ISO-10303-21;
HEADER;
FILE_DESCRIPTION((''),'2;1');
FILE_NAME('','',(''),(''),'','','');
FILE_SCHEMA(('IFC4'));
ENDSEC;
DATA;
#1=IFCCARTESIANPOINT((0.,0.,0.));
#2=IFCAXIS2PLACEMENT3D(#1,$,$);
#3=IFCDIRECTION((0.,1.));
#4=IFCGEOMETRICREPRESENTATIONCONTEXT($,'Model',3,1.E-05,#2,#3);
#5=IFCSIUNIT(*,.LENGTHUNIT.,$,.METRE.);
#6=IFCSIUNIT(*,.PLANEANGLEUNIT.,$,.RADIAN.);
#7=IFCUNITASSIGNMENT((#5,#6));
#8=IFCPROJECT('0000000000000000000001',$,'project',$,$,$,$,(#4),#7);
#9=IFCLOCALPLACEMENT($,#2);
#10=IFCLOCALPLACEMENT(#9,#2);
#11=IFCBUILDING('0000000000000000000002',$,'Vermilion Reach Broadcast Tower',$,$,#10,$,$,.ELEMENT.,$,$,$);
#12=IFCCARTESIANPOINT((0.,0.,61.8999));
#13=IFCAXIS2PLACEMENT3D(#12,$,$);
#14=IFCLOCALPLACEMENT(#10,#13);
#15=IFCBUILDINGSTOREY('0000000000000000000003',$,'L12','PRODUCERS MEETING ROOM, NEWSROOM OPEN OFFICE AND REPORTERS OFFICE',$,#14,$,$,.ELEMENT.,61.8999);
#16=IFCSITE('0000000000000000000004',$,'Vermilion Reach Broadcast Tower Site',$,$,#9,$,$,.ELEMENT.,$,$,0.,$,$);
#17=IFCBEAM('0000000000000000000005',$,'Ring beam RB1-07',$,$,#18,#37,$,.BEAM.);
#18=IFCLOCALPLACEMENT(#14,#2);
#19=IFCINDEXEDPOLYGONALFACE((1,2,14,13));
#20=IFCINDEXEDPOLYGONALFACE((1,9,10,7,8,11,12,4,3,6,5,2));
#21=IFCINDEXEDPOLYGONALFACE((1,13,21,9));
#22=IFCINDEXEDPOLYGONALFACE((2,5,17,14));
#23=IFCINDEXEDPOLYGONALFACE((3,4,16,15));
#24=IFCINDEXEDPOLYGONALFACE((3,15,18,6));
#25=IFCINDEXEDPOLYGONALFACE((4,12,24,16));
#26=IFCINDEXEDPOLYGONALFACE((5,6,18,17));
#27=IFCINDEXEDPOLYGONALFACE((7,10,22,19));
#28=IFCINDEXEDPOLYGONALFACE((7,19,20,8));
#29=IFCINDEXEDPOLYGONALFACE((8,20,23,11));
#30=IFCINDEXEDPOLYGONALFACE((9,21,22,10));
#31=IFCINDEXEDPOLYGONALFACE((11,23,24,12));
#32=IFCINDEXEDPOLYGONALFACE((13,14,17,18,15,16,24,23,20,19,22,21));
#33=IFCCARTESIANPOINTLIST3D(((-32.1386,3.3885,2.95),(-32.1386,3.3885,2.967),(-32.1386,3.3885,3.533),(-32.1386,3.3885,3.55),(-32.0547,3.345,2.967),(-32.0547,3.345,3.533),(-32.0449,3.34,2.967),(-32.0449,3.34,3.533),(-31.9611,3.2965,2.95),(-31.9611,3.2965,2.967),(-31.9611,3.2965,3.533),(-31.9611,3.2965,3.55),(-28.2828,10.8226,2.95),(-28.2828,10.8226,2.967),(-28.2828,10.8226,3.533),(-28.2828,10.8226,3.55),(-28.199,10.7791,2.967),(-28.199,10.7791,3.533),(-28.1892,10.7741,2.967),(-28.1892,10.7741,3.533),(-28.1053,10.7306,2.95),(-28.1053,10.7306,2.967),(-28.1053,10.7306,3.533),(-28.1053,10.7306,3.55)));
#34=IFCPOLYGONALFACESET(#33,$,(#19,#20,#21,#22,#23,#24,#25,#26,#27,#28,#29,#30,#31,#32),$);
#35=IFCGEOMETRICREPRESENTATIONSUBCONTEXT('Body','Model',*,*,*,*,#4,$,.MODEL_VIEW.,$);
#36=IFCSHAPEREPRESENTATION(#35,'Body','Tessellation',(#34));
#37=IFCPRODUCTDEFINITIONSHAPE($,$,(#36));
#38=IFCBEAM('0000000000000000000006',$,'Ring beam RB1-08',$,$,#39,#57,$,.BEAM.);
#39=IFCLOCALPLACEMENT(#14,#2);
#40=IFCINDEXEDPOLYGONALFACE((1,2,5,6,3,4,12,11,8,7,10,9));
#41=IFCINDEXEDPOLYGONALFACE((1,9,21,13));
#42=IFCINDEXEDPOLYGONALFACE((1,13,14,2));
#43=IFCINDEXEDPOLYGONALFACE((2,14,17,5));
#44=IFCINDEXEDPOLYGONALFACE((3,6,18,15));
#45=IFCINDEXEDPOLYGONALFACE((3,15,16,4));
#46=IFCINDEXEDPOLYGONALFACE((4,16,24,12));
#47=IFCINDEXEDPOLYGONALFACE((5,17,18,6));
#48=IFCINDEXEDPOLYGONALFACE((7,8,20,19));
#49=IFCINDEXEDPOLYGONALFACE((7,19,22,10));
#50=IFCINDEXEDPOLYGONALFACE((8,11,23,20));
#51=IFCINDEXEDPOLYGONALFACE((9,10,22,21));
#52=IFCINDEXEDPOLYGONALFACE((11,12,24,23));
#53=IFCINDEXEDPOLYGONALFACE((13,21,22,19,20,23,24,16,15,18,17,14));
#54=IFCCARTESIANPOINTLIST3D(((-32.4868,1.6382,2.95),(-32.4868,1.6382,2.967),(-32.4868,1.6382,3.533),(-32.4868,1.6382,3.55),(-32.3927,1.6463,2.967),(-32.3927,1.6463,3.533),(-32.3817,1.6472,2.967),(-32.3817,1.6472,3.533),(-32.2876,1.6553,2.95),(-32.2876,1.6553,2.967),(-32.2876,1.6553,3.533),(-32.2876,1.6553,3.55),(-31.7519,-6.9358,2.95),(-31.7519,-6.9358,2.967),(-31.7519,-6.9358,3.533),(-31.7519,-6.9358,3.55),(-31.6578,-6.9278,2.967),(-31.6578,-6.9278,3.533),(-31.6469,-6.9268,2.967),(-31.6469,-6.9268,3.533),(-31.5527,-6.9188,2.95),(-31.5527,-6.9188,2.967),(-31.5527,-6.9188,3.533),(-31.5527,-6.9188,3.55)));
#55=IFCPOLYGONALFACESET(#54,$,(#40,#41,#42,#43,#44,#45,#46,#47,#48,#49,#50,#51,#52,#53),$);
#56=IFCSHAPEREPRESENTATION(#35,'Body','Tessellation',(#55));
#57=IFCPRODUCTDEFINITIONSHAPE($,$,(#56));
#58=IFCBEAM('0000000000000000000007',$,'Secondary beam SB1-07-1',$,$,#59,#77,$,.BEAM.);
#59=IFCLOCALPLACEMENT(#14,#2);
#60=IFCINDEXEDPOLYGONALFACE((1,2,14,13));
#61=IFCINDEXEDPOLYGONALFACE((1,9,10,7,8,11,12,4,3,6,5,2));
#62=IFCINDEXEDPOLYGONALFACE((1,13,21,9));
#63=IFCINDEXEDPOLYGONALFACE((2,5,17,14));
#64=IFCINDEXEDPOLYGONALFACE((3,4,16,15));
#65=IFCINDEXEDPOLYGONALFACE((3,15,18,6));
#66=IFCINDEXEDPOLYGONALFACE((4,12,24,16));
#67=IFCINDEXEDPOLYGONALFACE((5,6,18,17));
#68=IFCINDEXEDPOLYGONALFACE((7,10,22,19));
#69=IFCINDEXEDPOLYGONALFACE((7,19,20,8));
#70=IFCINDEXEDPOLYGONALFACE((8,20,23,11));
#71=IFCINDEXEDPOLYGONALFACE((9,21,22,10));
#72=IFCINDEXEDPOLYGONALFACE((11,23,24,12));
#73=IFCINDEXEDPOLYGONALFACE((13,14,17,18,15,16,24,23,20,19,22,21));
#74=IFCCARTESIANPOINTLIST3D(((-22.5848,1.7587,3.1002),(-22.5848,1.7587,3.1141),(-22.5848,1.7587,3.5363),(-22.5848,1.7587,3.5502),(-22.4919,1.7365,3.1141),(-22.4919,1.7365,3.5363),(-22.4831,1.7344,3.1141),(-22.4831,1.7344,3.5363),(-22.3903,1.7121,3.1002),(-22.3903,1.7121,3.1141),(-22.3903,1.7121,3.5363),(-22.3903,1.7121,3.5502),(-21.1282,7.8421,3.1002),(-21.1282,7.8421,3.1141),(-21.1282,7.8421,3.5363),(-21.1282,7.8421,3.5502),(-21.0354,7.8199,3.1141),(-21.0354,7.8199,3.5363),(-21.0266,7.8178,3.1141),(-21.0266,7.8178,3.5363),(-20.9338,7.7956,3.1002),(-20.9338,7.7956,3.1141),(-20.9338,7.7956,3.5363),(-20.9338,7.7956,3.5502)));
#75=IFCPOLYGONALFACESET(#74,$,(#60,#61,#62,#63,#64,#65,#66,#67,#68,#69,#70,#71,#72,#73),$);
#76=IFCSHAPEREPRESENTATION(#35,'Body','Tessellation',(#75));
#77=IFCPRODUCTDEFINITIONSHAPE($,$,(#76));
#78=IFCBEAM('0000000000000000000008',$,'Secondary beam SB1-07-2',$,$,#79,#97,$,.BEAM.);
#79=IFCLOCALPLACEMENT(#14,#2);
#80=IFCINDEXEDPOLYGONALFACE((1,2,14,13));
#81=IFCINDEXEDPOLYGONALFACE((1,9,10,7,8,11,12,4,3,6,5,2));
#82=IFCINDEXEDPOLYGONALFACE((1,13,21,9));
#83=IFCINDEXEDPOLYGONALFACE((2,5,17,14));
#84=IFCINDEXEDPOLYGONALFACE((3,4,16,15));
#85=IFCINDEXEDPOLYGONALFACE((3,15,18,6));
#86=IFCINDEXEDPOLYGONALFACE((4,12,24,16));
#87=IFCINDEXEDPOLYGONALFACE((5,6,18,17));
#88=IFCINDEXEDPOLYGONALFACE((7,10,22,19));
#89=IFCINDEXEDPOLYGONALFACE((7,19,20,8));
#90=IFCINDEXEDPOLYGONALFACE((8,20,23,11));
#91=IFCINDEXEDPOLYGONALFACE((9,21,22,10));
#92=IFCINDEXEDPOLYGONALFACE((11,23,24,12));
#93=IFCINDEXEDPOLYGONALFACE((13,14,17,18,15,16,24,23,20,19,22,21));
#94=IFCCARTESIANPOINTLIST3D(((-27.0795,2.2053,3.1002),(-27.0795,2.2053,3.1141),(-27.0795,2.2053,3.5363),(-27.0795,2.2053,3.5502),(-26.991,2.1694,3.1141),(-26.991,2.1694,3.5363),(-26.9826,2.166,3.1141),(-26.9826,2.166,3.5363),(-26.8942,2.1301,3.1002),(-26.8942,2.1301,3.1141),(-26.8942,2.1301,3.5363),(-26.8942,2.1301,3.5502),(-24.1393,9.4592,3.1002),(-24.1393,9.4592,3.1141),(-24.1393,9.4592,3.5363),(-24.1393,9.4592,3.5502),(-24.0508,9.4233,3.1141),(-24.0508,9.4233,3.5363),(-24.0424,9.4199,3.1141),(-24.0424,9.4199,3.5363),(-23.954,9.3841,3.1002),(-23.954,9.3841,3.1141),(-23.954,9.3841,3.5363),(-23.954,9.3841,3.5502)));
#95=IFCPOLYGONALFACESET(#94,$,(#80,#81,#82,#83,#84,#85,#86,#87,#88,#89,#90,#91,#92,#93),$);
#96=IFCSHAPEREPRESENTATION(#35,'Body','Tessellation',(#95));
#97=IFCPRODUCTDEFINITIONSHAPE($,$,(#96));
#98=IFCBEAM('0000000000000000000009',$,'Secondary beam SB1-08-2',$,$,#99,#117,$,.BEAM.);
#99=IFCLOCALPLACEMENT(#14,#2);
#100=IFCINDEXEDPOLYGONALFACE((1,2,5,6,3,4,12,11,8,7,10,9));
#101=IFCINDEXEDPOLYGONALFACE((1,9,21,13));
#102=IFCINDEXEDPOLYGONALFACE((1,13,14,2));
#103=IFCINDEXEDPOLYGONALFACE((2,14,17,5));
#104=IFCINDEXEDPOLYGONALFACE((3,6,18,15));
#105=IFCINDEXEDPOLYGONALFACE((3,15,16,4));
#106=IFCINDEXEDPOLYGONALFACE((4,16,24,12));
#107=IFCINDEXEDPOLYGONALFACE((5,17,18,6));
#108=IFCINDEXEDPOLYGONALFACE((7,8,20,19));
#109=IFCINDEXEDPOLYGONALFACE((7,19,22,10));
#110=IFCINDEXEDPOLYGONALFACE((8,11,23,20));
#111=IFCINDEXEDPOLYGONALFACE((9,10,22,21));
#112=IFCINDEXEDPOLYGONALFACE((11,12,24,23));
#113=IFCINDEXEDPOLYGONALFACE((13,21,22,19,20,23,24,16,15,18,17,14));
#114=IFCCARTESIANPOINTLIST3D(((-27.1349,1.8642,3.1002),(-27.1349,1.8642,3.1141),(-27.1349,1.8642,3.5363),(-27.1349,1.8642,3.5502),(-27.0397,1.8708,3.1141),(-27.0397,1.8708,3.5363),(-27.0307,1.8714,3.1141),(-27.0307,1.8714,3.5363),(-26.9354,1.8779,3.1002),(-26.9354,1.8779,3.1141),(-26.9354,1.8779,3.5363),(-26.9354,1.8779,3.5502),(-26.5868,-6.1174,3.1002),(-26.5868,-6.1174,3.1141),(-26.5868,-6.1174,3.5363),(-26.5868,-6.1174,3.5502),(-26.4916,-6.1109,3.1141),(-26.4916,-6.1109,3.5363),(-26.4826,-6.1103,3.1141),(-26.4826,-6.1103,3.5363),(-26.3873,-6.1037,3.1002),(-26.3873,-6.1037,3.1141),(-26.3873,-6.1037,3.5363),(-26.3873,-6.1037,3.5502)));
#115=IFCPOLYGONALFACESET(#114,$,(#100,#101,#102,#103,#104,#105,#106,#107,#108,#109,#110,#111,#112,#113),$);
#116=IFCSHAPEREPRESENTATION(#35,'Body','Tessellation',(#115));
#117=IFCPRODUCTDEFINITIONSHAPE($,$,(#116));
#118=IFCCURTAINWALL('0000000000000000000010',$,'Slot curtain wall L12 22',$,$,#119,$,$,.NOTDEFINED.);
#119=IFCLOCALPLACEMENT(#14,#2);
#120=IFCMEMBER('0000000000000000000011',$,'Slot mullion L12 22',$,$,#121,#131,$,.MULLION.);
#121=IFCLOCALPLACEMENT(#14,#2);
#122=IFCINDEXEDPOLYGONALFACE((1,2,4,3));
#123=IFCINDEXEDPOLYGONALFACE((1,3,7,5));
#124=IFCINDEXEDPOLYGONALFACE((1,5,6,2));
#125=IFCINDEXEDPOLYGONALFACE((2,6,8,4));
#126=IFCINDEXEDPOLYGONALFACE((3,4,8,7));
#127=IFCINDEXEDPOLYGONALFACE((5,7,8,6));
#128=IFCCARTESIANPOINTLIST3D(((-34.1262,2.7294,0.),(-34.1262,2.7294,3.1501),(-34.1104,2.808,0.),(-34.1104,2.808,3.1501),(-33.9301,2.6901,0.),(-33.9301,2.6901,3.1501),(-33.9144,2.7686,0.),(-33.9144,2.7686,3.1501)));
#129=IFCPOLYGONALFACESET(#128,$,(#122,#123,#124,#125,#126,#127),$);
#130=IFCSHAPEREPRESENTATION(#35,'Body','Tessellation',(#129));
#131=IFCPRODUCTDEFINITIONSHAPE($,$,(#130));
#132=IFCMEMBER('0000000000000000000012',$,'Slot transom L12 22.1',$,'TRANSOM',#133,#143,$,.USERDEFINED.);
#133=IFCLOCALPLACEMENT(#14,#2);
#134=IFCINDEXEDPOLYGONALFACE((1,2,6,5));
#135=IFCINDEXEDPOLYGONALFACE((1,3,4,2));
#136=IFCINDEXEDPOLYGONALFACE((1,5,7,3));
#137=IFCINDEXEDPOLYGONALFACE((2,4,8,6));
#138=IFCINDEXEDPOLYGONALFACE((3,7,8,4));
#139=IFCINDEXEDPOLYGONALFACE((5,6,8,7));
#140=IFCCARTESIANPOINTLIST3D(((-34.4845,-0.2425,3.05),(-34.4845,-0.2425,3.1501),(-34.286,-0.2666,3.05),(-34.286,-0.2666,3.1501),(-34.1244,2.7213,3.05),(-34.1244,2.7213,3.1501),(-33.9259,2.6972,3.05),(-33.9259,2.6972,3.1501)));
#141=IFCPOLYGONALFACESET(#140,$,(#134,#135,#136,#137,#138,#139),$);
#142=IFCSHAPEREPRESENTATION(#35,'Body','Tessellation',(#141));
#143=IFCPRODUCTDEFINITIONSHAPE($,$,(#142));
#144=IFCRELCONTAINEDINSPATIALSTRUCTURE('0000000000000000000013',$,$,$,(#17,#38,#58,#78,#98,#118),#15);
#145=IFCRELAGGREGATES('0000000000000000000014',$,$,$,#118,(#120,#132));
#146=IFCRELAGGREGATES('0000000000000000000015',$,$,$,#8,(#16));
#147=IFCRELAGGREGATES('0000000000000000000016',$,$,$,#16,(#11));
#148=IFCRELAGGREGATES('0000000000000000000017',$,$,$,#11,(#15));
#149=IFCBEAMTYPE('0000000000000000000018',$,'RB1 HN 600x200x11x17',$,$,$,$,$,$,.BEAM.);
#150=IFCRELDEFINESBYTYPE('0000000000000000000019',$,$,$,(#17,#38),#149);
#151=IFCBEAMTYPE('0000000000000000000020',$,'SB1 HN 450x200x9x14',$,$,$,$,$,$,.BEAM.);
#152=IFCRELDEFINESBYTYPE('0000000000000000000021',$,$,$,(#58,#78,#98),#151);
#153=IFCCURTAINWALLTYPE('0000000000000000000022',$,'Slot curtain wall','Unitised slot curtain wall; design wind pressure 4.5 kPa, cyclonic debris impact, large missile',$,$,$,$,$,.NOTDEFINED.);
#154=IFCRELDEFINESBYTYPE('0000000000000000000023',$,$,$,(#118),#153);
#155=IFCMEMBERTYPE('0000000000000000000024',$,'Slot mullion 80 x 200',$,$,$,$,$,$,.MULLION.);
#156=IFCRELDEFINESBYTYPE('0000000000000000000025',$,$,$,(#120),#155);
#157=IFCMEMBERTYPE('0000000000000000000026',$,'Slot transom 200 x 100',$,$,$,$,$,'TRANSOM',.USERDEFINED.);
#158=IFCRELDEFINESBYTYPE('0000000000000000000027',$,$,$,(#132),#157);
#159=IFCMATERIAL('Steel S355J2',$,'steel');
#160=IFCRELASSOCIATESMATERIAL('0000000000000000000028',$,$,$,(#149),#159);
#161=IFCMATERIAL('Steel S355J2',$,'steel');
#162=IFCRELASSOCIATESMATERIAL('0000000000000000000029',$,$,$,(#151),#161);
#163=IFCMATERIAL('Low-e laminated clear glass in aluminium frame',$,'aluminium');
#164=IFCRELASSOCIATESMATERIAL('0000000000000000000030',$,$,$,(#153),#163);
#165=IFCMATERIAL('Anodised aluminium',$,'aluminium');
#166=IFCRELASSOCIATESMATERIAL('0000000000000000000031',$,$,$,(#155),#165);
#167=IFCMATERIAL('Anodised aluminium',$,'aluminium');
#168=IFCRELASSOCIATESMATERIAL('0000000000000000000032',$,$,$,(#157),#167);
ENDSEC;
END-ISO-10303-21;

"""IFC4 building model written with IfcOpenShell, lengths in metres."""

from ifc_helpers import new_model, si_unit, direction, frame, origin, origin_2d, place, context, subcontext, project, spatial, rectangle, i_section, extrude, material, material_profile, profile_set, type_object, element, aggregate, save


model = new_model("IFC4")

# Units and contexts
model_context = context("Model", 3, precision=1e-05, world=origin(), true_north=direction((0.0, 1.0)))
body_context = subcontext(model_context, "Body", "Model", "MODEL_VIEW")
ifc_project = project(units=[si_unit("LENGTHUNIT", "METRE"), si_unit("PLANEANGLEUNIT", "RADIAN")], contexts=[model_context])

# Site, building, storey
site_placement = place(None, origin())
site = spatial("IfcSite", under=ifc_project, at=site_placement, Name="Vermilion Reach Broadcast Tower Site", CompositionType="ELEMENT", RefElevation=0.0)
building_placement = place(site_placement, origin())
building = spatial("IfcBuilding", under=site, at=building_placement, Name="Vermilion Reach Broadcast Tower", CompositionType="ELEMENT")
storey_placement = place(building_placement, frame((0.0, 0.0, 61.8999)))
storey = spatial("IfcBuildingStorey", under=building, at=storey_placement, Name="L12", Description="PRODUCERS MEETING ROOM, NEWSROOM OPEN OFFICE AND REPORTERS OFFICE", CompositionType="ELEMENT", Elevation=61.8999)

# Beams
ifc_material_1 = material(Name="Steel S355J2", Category="steel")
ifc_material_profile_1 = material_profile(ifc_material_1, i_section(OverallWidth=0.2, OverallDepth=0.6001, WebThickness=0.011, FlangeThickness=0.0171, at=origin_2d()), Name="S355J2 HN 600x200x11x17")
ifc_profile_set_1 = profile_set([ifc_material_profile_1], Name="Steel S355J2")
beam_type_1 = type_object("IfcBeamType", Name="RB1 HN 600x200x11x17", PredefinedType="BEAM", material=ifc_profile_set_1)
beam_1_placement = place(storey_placement, frame((-28.1941, 10.7766, 3.25), z_axis=(-0.460412, -0.887706, 0.0), x_axis=(0.887706, -0.460412, 0.0)))
element("IfcBeam", 1, at=beam_1_placement, inside=storey, type_object=beam_type_1, Name="Ring beam RB1-07", PredefinedType="BEAM", context=body_context, shape_type="SweptSolid", body=[
    extrude(i_section(OverallWidth=0.2, OverallDepth=0.6001, WebThickness=0.011, FlangeThickness=0.0171, at=origin_2d()), origin(), (0.0, 0.0, 1.0), 8.3745),
])
beam_2_placement = place(storey_placement, frame((-32.3872, 1.6467, 3.25), z_axis=(0.085396, -0.996347, 0.0), x_axis=(0.996347, 0.085396, 0.0)))
element("IfcBeam", 2, at=beam_2_placement, inside=storey, type_object=beam_type_1, Name="Ring beam RB1-08", PredefinedType="BEAM", context=body_context, shape_type="SweptSolid", body=[
    extrude(i_section(OverallWidth=0.2, OverallDepth=0.6001, WebThickness=0.011, FlangeThickness=0.0171, at=origin_2d()), origin(), (0.0, 0.0, 1.0), 8.6055),
])
ifc_material_2 = material(Name="Steel S355J2", Category="steel")
ifc_material_profile_2 = material_profile(ifc_material_2, i_section(OverallWidth=0.2, OverallDepth=0.45, WebThickness=0.009, FlangeThickness=0.0139, at=origin_2d()), Name="S355J2 HN 450x200x9x14")
ifc_profile_set_2 = profile_set([ifc_material_profile_2], Name="Steel S355J2")
beam_type_2 = type_object("IfcBeamType", Name="SB1 HN 450x200x9x14", PredefinedType="BEAM", material=ifc_profile_set_2)
beam_3_placement = place(storey_placement, frame((-21.031, 7.8188, 3.3252), z_axis=(-0.232844, -0.972514, 0.0), x_axis=(0.972514, -0.232844, 0.0)))
element("IfcBeam", 3, at=beam_3_placement, inside=storey, type_object=beam_type_2, Name="Secondary beam SB1-07-1", PredefinedType="BEAM", context=body_context, shape_type="SweptSolid", body=[
    extrude(i_section(OverallWidth=0.2, OverallDepth=0.45, WebThickness=0.009, FlangeThickness=0.0139, at=origin_2d()), origin(), (0.0, 0.0, 1.0), 6.2554),
])
beam_4_placement = place(storey_placement, frame((-24.0466, 9.4216, 3.3252), z_axis=(-0.375641, -0.926765, 0.0), x_axis=(0.926765, -0.375641, 0.0)))
element("IfcBeam", 4, at=beam_4_placement, inside=storey, type_object=beam_type_2, Name="Secondary beam SB1-07-2", PredefinedType="BEAM", context=body_context, shape_type="SweptSolid", body=[
    extrude(i_section(OverallWidth=0.2, OverallDepth=0.45, WebThickness=0.009, FlangeThickness=0.0139, at=origin_2d()), origin(), (0.0, 0.0, 1.0), 7.8271),
])
beam_5_placement = place(storey_placement, frame((-27.0352, 1.8711, 3.3252), z_axis=(0.068508, -0.997651, 0.0), x_axis=(0.997651, 0.068508, 0.0)))
element("IfcBeam", 5, at=beam_5_placement, inside=storey, type_object=beam_type_2, Name="Secondary beam SB1-08-2", PredefinedType="BEAM", context=body_context, shape_type="SweptSolid", body=[
    extrude(i_section(OverallWidth=0.2, OverallDepth=0.45, WebThickness=0.009, FlangeThickness=0.0139, at=origin_2d()), origin(), (0.0, 0.0, 1.0), 8.0005),
])

# Curtain wall, members
ifc_material_3 = material(Name="Low-e laminated clear glass in aluminium frame", Category="aluminium")
curtain_wall_type = type_object("IfcCurtainWallType", Name="Slot curtain wall", Description="Unitised slot curtain wall; design wind pressure 4.5 kPa, cyclonic debris impact, large missile", PredefinedType="NOTDEFINED", material=ifc_material_3)
curtain_wall_placement = place(storey_placement, origin())
curtain_wall = element("IfcCurtainWall", 6, at=curtain_wall_placement, inside=storey, type_object=curtain_wall_type, Name="Slot curtain wall L12 22", PredefinedType="NOTDEFINED")
ifc_material_4 = material(Name="Anodised aluminium", Category="aluminium")
ifc_material_profile_3 = material_profile(ifc_material_4, rectangle(XDim=0.2, YDim=0.0801, at=origin_2d()), Name="Slot mullion 80 x 200")
ifc_profile_set_3 = profile_set([ifc_material_profile_3], Name="Anodised aluminium")
member_type_1 = type_object("IfcMemberType", Name="Slot mullion 80 x 200", PredefinedType="MULLION", material=ifc_profile_set_3)
member_1_placement = place(storey_placement, frame((-34.0203, 2.749, 0.0), z_axis=(0.0, 0.0, 1.0), x_axis=(0.980432, -0.196861, 0.0)))
member_1 = element("IfcMember", 7, at=member_1_placement, type_object=member_type_1, Name="Slot mullion L12 22", PredefinedType="MULLION", context=body_context, shape_type="SweptSolid", body=[
    extrude(rectangle(XDim=0.2, YDim=0.0801, at=origin_2d()), origin(), (0.0, 0.0, 1.0), 3.1501),
])
ifc_material_5 = material(Name="Anodised aluminium", Category="aluminium")
ifc_material_profile_4 = material_profile(ifc_material_5, rectangle(XDim=0.2, YDim=0.1001, at=origin_2d()), Name="Slot transom 200 x 100")
ifc_profile_set_4 = profile_set([ifc_material_profile_4], Name="Anodised aluminium")
member_type_2 = type_object("IfcMemberType", Name="Slot transom 200 x 100", ElementType="TRANSOM", PredefinedType="USERDEFINED", material=ifc_profile_set_4)
member_2_placement = place(storey_placement, frame((-34.0251, 2.7092, 3.1001), z_axis=(-0.120612, -0.9927, 0.0), x_axis=(0.9927, -0.120612, 0.0)))
member_2 = element("IfcMember", 8, at=member_2_placement, type_object=member_type_2, Name="Slot transom L12 22.1", ObjectType="TRANSOM", PredefinedType="USERDEFINED", context=body_context, shape_type="SweptSolid", body=[
    extrude(rectangle(XDim=0.2, YDim=0.1001, at=origin_2d()), origin(), (0.0, 0.0, 1.0), 2.9856),
])
aggregate(curtain_wall, [member_1, member_2])

save(model, "model.ifc")
